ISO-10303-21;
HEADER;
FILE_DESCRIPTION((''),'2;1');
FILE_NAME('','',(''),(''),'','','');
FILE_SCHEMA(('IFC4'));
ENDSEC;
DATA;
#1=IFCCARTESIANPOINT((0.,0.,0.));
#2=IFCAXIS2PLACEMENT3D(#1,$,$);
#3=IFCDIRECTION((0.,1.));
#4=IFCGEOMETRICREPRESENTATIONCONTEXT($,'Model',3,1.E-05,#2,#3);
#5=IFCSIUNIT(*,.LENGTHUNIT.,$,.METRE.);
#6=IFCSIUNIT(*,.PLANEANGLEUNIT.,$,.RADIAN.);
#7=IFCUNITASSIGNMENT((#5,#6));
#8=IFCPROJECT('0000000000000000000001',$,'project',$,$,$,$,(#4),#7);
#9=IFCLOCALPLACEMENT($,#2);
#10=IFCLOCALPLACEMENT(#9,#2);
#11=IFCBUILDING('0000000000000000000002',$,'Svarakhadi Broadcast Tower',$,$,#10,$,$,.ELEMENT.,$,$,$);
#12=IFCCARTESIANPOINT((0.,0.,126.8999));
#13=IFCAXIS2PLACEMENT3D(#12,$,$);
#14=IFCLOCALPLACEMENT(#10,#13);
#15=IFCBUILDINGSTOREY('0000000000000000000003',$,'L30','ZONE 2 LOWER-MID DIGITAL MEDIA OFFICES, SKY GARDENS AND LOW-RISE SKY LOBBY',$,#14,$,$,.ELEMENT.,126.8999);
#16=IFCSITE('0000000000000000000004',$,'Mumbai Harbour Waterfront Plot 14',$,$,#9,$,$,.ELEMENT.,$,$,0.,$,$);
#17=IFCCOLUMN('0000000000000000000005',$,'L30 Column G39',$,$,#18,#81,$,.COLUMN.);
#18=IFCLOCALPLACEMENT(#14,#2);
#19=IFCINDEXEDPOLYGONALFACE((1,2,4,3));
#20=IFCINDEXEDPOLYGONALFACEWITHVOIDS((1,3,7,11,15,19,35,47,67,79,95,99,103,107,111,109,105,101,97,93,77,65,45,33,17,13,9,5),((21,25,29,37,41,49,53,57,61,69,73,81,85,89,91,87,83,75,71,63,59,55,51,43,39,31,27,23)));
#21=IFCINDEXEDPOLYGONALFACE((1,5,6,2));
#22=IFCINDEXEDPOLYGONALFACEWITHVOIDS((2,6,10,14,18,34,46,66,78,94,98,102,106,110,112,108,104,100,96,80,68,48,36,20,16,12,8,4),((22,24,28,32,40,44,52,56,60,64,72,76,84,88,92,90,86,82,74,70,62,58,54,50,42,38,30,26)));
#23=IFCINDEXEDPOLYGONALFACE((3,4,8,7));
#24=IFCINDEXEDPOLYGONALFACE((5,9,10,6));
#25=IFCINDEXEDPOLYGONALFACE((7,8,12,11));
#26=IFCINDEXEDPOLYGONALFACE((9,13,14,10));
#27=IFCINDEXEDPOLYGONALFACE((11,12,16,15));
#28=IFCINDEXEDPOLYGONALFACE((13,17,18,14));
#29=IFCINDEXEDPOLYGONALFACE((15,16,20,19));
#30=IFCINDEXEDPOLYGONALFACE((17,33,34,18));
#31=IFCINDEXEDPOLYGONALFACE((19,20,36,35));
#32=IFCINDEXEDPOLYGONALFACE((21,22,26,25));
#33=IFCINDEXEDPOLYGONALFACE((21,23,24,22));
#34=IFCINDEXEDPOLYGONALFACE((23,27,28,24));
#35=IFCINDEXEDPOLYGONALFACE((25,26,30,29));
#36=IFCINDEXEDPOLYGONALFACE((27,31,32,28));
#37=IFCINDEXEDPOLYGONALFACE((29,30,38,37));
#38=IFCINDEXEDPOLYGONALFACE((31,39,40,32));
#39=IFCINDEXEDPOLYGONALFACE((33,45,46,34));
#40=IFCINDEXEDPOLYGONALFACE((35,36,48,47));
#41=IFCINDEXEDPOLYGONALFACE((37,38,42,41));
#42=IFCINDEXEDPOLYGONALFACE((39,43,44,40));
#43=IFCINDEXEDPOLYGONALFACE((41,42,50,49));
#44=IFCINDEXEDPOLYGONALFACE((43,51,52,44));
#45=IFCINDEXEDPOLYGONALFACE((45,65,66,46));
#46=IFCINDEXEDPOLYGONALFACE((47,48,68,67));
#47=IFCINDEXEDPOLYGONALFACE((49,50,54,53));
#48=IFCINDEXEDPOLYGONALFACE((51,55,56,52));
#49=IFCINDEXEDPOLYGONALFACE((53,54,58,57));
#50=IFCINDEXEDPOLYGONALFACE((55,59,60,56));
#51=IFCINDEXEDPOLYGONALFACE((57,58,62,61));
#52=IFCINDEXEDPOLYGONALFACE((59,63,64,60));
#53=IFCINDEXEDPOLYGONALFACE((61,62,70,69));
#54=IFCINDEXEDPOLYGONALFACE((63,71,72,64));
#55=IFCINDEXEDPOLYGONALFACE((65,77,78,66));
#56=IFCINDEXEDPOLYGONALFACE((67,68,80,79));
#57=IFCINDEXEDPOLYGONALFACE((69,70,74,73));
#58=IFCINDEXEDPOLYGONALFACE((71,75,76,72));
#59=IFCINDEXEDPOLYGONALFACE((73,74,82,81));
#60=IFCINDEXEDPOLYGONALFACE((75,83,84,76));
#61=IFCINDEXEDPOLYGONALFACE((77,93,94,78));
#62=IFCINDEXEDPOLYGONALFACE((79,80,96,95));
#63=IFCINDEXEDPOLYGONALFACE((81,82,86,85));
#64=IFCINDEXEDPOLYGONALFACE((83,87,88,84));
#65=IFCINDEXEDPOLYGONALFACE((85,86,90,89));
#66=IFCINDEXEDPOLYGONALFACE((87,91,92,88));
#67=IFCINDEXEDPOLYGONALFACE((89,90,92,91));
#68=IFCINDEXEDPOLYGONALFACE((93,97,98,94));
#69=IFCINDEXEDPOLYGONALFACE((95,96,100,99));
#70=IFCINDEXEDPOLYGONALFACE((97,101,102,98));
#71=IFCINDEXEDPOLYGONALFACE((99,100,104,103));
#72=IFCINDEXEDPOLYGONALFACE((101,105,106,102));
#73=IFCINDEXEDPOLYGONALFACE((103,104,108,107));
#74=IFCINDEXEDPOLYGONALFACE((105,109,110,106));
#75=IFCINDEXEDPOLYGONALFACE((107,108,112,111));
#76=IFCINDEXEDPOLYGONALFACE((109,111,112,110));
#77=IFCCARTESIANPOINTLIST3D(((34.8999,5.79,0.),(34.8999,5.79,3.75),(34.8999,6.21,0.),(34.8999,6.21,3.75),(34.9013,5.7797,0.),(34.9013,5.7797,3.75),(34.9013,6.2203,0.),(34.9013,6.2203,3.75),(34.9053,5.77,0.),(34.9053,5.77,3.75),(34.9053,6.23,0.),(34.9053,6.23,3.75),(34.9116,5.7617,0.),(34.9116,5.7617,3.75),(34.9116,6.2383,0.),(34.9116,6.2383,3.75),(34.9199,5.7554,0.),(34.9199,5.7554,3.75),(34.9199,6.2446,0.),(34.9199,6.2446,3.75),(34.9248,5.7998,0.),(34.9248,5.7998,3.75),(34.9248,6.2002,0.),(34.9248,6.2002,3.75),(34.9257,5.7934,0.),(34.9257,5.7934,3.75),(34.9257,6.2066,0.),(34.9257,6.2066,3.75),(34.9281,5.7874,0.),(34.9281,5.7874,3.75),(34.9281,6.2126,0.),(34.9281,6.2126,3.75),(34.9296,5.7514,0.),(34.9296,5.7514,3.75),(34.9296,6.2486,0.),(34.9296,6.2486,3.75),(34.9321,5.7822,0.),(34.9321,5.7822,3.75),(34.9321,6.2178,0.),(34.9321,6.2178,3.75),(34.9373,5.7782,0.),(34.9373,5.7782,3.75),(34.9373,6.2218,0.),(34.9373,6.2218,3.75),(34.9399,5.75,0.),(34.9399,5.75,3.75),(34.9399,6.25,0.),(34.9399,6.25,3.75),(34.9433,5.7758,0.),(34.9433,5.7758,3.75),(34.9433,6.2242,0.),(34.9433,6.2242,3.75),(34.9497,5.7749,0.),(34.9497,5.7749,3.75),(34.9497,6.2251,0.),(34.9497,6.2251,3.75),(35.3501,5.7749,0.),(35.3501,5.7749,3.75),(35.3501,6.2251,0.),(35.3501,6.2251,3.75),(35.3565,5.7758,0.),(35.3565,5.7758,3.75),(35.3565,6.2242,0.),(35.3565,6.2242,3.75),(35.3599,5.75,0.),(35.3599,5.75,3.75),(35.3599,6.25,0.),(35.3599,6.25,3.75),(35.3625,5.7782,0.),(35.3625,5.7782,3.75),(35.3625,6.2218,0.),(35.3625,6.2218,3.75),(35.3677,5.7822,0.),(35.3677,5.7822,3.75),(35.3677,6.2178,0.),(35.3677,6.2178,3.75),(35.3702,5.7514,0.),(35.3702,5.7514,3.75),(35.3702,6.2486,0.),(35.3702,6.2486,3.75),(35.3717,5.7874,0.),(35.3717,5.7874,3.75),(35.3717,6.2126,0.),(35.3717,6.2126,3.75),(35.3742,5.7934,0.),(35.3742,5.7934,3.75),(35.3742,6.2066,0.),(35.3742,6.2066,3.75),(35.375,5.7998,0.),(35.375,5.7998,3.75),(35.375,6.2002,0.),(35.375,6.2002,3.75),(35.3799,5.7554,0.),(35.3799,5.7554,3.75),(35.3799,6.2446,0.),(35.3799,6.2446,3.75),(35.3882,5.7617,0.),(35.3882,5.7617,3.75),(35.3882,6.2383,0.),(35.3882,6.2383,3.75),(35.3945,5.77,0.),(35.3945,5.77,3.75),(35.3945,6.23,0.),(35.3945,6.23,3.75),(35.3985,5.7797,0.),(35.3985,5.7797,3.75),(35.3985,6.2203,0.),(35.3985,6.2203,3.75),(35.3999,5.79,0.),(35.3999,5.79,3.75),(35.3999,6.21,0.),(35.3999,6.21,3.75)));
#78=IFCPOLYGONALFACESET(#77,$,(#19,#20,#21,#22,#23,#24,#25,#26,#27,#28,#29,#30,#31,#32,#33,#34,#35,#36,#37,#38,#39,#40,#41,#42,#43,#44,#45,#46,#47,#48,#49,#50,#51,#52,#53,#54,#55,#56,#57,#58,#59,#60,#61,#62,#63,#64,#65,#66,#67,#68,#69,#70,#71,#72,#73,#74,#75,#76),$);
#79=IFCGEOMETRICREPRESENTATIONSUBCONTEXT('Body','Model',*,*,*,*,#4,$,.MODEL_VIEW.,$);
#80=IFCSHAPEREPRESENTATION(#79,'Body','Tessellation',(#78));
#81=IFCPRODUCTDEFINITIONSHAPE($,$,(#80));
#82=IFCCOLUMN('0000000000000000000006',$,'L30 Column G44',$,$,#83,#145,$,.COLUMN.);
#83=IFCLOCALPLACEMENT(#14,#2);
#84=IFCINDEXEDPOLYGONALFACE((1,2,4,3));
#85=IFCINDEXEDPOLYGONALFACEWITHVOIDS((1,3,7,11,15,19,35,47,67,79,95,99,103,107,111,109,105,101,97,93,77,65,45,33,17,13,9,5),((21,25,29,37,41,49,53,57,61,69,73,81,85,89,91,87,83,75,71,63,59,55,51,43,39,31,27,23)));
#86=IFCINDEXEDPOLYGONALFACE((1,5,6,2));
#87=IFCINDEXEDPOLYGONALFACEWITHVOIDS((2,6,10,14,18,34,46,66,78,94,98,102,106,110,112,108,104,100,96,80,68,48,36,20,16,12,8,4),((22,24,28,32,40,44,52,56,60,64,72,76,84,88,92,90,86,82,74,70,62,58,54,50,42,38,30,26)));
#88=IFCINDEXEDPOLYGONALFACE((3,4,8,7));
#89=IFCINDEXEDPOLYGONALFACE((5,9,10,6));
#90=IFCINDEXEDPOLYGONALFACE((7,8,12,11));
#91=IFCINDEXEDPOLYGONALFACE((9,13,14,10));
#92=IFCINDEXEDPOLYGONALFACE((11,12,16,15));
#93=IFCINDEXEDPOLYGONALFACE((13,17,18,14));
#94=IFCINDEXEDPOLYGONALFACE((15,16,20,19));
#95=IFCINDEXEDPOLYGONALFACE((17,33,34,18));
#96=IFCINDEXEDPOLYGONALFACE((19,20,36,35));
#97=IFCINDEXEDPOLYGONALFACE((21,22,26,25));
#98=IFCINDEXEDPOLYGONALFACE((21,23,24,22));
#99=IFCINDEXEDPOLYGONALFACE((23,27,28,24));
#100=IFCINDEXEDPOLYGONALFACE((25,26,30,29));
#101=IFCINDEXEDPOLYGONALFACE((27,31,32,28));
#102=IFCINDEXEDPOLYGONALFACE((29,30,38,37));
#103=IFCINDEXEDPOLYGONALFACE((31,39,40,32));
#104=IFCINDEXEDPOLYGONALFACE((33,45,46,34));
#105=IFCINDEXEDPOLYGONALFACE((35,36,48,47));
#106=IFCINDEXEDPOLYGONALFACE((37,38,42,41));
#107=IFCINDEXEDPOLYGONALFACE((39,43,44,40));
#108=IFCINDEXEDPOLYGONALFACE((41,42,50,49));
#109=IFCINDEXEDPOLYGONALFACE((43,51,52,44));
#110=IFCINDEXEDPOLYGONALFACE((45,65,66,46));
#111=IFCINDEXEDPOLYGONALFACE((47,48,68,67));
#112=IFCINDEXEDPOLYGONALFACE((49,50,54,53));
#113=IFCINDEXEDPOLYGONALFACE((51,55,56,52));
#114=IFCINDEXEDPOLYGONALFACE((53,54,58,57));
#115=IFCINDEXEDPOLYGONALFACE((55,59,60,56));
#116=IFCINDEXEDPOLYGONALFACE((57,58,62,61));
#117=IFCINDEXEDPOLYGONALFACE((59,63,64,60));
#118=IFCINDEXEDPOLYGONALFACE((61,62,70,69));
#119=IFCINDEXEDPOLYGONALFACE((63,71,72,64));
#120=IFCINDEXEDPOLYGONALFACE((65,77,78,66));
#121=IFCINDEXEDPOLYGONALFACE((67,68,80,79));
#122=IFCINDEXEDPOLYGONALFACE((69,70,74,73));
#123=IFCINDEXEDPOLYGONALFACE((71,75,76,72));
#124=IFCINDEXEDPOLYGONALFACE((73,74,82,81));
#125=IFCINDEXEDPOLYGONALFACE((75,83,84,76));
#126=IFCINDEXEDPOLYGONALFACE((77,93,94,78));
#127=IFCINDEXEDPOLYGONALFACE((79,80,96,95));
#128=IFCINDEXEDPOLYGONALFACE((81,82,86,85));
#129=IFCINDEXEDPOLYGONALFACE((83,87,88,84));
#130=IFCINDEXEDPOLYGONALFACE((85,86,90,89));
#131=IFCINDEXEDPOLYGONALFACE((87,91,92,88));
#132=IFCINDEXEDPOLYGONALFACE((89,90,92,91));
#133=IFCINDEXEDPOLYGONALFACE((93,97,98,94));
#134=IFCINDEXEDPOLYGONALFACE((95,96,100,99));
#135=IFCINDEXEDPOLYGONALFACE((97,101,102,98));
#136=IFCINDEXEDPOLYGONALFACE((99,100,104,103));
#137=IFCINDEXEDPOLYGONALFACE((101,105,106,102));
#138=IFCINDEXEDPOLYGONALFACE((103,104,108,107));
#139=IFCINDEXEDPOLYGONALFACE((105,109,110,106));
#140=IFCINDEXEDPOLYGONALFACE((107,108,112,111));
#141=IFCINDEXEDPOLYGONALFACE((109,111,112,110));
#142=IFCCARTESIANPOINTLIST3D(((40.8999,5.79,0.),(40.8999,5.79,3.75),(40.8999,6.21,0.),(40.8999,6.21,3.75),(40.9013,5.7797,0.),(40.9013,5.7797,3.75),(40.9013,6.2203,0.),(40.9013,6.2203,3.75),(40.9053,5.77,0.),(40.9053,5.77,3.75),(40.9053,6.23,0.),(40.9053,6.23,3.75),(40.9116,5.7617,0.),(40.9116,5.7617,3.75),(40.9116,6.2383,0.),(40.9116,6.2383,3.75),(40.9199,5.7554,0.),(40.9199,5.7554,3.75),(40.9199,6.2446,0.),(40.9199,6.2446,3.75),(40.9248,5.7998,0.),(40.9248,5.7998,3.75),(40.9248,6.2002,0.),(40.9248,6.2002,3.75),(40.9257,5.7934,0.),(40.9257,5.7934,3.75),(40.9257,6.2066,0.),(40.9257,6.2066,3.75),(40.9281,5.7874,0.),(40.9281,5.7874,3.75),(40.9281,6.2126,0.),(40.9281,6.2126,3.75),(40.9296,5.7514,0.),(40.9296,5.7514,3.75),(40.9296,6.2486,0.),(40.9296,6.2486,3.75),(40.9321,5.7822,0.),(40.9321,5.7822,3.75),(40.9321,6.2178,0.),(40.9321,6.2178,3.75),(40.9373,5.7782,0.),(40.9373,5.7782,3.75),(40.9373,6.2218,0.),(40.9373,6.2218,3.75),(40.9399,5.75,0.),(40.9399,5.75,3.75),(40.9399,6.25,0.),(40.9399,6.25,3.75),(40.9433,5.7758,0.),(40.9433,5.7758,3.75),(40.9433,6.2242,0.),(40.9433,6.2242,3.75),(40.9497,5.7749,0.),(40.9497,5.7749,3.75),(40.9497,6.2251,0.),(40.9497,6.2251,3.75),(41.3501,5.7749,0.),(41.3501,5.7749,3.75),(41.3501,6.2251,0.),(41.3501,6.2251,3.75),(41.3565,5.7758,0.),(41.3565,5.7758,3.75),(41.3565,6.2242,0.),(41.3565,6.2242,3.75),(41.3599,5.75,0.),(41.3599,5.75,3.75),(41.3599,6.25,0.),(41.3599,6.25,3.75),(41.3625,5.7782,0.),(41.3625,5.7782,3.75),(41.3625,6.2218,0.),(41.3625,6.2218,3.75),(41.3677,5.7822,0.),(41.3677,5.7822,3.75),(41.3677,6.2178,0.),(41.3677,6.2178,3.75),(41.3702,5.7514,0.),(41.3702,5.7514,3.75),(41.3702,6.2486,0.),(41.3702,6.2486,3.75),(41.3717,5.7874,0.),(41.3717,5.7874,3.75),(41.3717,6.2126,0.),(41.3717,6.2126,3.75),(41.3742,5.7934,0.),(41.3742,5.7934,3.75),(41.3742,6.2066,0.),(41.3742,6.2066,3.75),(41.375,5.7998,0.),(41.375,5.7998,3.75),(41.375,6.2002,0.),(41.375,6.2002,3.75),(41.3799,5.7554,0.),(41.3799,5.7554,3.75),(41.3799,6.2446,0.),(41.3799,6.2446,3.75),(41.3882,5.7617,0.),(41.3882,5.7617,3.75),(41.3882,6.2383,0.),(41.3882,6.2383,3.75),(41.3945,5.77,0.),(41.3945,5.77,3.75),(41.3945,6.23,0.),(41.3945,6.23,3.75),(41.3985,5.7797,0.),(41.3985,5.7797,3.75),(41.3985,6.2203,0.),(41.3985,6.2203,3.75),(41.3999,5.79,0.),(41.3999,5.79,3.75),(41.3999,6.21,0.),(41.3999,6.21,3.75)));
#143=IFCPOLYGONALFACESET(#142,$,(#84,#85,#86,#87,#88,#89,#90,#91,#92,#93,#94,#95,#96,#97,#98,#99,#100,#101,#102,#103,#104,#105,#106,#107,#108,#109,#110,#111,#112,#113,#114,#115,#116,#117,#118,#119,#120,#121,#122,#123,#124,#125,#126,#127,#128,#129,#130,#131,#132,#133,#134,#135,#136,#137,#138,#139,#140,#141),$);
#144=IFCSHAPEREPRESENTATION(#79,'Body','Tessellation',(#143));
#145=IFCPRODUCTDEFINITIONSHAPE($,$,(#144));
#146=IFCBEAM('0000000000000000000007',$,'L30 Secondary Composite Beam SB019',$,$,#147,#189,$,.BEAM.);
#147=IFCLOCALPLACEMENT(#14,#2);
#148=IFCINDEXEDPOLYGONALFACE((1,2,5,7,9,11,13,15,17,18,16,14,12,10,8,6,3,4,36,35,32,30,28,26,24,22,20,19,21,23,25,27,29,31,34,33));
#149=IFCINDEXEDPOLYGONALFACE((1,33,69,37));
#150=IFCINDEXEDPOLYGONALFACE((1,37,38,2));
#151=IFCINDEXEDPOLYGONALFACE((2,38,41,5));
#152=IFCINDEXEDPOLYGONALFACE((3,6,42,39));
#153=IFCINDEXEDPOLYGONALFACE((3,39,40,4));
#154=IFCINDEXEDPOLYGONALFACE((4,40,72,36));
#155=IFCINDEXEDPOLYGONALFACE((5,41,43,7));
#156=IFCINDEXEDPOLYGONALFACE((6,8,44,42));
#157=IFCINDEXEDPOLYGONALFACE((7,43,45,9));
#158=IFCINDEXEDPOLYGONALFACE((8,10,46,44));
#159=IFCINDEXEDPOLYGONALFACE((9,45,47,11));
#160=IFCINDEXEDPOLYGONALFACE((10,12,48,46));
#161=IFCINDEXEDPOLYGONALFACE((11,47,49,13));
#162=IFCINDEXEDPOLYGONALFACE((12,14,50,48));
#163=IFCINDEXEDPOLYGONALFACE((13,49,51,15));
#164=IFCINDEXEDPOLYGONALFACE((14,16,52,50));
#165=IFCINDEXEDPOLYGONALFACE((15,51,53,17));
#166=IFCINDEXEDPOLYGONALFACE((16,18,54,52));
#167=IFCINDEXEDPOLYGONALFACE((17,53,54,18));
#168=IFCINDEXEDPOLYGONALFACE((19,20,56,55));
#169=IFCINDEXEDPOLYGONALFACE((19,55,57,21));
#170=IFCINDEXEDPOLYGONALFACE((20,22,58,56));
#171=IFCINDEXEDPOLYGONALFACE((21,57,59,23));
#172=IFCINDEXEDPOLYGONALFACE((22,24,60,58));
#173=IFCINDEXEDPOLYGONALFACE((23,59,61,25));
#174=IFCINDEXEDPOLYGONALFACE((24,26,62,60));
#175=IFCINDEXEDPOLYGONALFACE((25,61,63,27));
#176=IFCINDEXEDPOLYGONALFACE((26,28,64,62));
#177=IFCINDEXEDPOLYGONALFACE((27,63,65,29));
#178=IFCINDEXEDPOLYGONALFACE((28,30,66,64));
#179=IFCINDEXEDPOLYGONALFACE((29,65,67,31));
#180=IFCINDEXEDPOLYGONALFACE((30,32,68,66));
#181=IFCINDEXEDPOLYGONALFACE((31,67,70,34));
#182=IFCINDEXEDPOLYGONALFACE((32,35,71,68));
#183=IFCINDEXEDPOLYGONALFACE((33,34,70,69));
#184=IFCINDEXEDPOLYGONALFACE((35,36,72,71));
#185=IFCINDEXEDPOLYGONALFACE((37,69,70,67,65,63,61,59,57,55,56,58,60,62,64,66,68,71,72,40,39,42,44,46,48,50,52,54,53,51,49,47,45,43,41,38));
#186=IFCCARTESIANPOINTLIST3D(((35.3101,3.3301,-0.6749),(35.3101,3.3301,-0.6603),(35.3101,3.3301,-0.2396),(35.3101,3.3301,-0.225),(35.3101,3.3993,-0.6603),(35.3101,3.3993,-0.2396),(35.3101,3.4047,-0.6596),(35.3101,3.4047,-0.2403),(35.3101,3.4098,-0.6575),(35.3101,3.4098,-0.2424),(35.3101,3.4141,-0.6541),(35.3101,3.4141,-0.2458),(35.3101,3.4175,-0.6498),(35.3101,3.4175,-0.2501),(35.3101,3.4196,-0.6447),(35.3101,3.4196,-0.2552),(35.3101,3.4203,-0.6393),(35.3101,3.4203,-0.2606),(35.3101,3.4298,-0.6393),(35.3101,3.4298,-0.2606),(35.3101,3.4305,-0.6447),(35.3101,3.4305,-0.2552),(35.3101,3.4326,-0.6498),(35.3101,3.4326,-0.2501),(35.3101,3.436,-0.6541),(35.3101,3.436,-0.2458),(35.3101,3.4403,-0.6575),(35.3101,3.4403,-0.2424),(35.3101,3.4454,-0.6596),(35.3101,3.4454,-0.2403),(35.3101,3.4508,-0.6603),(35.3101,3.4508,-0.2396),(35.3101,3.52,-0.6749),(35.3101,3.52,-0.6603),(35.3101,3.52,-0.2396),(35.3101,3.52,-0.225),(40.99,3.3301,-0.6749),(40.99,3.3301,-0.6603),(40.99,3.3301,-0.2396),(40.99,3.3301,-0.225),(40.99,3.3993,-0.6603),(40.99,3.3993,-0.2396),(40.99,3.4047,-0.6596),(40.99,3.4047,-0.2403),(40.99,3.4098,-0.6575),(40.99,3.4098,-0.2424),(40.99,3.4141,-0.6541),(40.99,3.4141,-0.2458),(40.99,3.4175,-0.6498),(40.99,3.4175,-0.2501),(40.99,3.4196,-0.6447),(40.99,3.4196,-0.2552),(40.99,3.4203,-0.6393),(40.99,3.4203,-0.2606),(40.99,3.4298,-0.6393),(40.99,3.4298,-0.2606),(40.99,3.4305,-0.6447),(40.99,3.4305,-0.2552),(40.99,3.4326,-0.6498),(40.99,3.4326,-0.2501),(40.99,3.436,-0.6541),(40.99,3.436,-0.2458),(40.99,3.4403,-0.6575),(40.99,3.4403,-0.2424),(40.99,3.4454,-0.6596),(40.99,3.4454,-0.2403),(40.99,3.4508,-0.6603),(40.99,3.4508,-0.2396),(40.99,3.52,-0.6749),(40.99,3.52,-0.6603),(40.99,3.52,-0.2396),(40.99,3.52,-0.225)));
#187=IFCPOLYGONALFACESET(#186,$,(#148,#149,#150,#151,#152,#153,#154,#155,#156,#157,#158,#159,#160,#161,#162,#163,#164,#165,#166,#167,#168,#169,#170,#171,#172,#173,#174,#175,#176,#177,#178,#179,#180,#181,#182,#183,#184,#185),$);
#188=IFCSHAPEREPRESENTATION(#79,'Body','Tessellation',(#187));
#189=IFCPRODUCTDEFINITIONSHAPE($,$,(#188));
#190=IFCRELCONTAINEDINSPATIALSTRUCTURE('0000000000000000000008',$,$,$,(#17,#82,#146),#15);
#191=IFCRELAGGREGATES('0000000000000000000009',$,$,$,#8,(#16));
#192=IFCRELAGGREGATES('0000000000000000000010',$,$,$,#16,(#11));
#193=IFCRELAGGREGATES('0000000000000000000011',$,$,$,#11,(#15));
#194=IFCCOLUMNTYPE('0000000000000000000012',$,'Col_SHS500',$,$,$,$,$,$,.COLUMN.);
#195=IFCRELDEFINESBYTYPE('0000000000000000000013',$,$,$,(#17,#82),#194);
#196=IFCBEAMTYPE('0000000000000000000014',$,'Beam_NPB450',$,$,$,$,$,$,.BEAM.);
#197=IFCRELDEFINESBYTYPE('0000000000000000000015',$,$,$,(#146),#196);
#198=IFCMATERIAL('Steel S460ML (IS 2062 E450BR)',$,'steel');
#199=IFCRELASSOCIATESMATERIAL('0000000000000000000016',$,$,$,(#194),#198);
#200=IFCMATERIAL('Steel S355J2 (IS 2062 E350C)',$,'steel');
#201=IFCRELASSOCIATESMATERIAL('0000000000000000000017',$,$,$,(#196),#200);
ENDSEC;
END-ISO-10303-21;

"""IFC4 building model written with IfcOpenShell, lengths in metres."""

from ifc_helpers import new_model, si_unit, direction, frame, origin, origin_2d, place, context, subcontext, project, spatial, hollow_rectangle, i_section, extrude, material, material_profile, profile_set, type_object, element, save


model = new_model("IFC4")

# Units and contexts
model_context = context("Model", 3, precision=1e-05, world=origin(), true_north=direction((0.0, 1.0)))
body_context = subcontext(model_context, "Body", "Model", "MODEL_VIEW")
ifc_project = project(units=[si_unit("LENGTHUNIT", "METRE"), si_unit("PLANEANGLEUNIT", "RADIAN")], contexts=[model_context])

# Site, building, storey
site_placement = place(None, origin())
site = spatial("IfcSite", under=ifc_project, at=site_placement, Name="Mumbai Harbour Waterfront Plot 14", CompositionType="ELEMENT", RefElevation=0.0)
building_placement = place(site_placement, origin())
building = spatial("IfcBuilding", under=site, at=building_placement, Name="Svarakhadi Broadcast Tower", CompositionType="ELEMENT")
storey_placement = place(building_placement, frame((0.0, 0.0, 126.8999)))
storey = spatial("IfcBuildingStorey", under=building, at=storey_placement, Name="L30", Description="ZONE 2 LOWER-MID DIGITAL MEDIA OFFICES, SKY GARDENS AND LOW-RISE SKY LOBBY", CompositionType="ELEMENT", Elevation=126.8999)

# Columns
ifc_material_1 = material(Name="Steel S460ML (IS 2062 E450BR)", Category="steel")
ifc_material_profile_1 = material_profile(ifc_material_1, hollow_rectangle(XDim=0.5, YDim=0.5, WallThickness=0.0249, InnerFilletRadius=0.0249, OuterFilletRadius=0.04, at=origin_2d()), Name="SHS 500x500x25")
ifc_profile_set_1 = profile_set([ifc_material_profile_1], Name="Steel S460ML (IS 2062 E450BR)")
column_type = type_object("IfcColumnType", Name="Col_SHS500", PredefinedType="COLUMN", material=ifc_profile_set_1)
for number, where, z_axis, x_axis, name in (
    (1, (35.1499, 6.0, 0.0), (0.0, 0.0, 1.0), (1.0, 0.0, 0.0), "L30 Column G39"),
    (2, (41.1499, 6.0, 0.0), (0.0, 0.0, 1.0), (1.0, 0.0, 0.0), "L30 Column G44"),
):
    element("IfcColumn", number, at=place(storey_placement, frame(where, z_axis=z_axis, x_axis=x_axis)), inside=storey, type_object=column_type, Name=name, PredefinedType="COLUMN", context=body_context, shape_type="SweptSolid", body=[
        extrude(hollow_rectangle(XDim=0.5, YDim=0.5, WallThickness=0.0249, InnerFilletRadius=0.0249, OuterFilletRadius=0.04, at=origin_2d()), origin(), (0.0, 0.0, 1.0), 3.75),
    ])

# Beam
ifc_material_2 = material(Name="Steel S355J2 (IS 2062 E350C)", Category="steel")
ifc_material_profile_2 = material_profile(ifc_material_2, i_section(OverallWidth=0.1899, OverallDepth=0.45, WebThickness=0.0095, FlangeThickness=0.0146, FilletRadius=0.021, at=origin_2d()), Name="NPB 450x190x78")
ifc_profile_set_2 = profile_set([ifc_material_profile_2], Name="Steel S355J2 (IS 2062 E350C)")
beam_type_1 = type_object("IfcBeamType", Name="Beam_NPB450", PredefinedType="BEAM", material=ifc_profile_set_2)
for number, where, z_axis, x_axis, name in (
    (3, (35.3101, 3.425, -0.45), (1.0, 0.0, 0.0), (0.0, 1.0, 0.0), "L30 Secondary Composite Beam SB019"),
):
    element("IfcBeam", number, at=place(storey_placement, frame(where, z_axis=z_axis, x_axis=x_axis)), inside=storey, type_object=beam_type_1, Name=name, PredefinedType="BEAM", context=body_context, shape_type="SweptSolid", body=[
        extrude(i_section(OverallWidth=0.1899, OverallDepth=0.45, WebThickness=0.0095, FlangeThickness=0.0146, FilletRadius=0.021, at=origin_2d()), origin(), (0.0, 0.0, 1.0), 5.6799),
    ])

save(model, "model.ifc")
